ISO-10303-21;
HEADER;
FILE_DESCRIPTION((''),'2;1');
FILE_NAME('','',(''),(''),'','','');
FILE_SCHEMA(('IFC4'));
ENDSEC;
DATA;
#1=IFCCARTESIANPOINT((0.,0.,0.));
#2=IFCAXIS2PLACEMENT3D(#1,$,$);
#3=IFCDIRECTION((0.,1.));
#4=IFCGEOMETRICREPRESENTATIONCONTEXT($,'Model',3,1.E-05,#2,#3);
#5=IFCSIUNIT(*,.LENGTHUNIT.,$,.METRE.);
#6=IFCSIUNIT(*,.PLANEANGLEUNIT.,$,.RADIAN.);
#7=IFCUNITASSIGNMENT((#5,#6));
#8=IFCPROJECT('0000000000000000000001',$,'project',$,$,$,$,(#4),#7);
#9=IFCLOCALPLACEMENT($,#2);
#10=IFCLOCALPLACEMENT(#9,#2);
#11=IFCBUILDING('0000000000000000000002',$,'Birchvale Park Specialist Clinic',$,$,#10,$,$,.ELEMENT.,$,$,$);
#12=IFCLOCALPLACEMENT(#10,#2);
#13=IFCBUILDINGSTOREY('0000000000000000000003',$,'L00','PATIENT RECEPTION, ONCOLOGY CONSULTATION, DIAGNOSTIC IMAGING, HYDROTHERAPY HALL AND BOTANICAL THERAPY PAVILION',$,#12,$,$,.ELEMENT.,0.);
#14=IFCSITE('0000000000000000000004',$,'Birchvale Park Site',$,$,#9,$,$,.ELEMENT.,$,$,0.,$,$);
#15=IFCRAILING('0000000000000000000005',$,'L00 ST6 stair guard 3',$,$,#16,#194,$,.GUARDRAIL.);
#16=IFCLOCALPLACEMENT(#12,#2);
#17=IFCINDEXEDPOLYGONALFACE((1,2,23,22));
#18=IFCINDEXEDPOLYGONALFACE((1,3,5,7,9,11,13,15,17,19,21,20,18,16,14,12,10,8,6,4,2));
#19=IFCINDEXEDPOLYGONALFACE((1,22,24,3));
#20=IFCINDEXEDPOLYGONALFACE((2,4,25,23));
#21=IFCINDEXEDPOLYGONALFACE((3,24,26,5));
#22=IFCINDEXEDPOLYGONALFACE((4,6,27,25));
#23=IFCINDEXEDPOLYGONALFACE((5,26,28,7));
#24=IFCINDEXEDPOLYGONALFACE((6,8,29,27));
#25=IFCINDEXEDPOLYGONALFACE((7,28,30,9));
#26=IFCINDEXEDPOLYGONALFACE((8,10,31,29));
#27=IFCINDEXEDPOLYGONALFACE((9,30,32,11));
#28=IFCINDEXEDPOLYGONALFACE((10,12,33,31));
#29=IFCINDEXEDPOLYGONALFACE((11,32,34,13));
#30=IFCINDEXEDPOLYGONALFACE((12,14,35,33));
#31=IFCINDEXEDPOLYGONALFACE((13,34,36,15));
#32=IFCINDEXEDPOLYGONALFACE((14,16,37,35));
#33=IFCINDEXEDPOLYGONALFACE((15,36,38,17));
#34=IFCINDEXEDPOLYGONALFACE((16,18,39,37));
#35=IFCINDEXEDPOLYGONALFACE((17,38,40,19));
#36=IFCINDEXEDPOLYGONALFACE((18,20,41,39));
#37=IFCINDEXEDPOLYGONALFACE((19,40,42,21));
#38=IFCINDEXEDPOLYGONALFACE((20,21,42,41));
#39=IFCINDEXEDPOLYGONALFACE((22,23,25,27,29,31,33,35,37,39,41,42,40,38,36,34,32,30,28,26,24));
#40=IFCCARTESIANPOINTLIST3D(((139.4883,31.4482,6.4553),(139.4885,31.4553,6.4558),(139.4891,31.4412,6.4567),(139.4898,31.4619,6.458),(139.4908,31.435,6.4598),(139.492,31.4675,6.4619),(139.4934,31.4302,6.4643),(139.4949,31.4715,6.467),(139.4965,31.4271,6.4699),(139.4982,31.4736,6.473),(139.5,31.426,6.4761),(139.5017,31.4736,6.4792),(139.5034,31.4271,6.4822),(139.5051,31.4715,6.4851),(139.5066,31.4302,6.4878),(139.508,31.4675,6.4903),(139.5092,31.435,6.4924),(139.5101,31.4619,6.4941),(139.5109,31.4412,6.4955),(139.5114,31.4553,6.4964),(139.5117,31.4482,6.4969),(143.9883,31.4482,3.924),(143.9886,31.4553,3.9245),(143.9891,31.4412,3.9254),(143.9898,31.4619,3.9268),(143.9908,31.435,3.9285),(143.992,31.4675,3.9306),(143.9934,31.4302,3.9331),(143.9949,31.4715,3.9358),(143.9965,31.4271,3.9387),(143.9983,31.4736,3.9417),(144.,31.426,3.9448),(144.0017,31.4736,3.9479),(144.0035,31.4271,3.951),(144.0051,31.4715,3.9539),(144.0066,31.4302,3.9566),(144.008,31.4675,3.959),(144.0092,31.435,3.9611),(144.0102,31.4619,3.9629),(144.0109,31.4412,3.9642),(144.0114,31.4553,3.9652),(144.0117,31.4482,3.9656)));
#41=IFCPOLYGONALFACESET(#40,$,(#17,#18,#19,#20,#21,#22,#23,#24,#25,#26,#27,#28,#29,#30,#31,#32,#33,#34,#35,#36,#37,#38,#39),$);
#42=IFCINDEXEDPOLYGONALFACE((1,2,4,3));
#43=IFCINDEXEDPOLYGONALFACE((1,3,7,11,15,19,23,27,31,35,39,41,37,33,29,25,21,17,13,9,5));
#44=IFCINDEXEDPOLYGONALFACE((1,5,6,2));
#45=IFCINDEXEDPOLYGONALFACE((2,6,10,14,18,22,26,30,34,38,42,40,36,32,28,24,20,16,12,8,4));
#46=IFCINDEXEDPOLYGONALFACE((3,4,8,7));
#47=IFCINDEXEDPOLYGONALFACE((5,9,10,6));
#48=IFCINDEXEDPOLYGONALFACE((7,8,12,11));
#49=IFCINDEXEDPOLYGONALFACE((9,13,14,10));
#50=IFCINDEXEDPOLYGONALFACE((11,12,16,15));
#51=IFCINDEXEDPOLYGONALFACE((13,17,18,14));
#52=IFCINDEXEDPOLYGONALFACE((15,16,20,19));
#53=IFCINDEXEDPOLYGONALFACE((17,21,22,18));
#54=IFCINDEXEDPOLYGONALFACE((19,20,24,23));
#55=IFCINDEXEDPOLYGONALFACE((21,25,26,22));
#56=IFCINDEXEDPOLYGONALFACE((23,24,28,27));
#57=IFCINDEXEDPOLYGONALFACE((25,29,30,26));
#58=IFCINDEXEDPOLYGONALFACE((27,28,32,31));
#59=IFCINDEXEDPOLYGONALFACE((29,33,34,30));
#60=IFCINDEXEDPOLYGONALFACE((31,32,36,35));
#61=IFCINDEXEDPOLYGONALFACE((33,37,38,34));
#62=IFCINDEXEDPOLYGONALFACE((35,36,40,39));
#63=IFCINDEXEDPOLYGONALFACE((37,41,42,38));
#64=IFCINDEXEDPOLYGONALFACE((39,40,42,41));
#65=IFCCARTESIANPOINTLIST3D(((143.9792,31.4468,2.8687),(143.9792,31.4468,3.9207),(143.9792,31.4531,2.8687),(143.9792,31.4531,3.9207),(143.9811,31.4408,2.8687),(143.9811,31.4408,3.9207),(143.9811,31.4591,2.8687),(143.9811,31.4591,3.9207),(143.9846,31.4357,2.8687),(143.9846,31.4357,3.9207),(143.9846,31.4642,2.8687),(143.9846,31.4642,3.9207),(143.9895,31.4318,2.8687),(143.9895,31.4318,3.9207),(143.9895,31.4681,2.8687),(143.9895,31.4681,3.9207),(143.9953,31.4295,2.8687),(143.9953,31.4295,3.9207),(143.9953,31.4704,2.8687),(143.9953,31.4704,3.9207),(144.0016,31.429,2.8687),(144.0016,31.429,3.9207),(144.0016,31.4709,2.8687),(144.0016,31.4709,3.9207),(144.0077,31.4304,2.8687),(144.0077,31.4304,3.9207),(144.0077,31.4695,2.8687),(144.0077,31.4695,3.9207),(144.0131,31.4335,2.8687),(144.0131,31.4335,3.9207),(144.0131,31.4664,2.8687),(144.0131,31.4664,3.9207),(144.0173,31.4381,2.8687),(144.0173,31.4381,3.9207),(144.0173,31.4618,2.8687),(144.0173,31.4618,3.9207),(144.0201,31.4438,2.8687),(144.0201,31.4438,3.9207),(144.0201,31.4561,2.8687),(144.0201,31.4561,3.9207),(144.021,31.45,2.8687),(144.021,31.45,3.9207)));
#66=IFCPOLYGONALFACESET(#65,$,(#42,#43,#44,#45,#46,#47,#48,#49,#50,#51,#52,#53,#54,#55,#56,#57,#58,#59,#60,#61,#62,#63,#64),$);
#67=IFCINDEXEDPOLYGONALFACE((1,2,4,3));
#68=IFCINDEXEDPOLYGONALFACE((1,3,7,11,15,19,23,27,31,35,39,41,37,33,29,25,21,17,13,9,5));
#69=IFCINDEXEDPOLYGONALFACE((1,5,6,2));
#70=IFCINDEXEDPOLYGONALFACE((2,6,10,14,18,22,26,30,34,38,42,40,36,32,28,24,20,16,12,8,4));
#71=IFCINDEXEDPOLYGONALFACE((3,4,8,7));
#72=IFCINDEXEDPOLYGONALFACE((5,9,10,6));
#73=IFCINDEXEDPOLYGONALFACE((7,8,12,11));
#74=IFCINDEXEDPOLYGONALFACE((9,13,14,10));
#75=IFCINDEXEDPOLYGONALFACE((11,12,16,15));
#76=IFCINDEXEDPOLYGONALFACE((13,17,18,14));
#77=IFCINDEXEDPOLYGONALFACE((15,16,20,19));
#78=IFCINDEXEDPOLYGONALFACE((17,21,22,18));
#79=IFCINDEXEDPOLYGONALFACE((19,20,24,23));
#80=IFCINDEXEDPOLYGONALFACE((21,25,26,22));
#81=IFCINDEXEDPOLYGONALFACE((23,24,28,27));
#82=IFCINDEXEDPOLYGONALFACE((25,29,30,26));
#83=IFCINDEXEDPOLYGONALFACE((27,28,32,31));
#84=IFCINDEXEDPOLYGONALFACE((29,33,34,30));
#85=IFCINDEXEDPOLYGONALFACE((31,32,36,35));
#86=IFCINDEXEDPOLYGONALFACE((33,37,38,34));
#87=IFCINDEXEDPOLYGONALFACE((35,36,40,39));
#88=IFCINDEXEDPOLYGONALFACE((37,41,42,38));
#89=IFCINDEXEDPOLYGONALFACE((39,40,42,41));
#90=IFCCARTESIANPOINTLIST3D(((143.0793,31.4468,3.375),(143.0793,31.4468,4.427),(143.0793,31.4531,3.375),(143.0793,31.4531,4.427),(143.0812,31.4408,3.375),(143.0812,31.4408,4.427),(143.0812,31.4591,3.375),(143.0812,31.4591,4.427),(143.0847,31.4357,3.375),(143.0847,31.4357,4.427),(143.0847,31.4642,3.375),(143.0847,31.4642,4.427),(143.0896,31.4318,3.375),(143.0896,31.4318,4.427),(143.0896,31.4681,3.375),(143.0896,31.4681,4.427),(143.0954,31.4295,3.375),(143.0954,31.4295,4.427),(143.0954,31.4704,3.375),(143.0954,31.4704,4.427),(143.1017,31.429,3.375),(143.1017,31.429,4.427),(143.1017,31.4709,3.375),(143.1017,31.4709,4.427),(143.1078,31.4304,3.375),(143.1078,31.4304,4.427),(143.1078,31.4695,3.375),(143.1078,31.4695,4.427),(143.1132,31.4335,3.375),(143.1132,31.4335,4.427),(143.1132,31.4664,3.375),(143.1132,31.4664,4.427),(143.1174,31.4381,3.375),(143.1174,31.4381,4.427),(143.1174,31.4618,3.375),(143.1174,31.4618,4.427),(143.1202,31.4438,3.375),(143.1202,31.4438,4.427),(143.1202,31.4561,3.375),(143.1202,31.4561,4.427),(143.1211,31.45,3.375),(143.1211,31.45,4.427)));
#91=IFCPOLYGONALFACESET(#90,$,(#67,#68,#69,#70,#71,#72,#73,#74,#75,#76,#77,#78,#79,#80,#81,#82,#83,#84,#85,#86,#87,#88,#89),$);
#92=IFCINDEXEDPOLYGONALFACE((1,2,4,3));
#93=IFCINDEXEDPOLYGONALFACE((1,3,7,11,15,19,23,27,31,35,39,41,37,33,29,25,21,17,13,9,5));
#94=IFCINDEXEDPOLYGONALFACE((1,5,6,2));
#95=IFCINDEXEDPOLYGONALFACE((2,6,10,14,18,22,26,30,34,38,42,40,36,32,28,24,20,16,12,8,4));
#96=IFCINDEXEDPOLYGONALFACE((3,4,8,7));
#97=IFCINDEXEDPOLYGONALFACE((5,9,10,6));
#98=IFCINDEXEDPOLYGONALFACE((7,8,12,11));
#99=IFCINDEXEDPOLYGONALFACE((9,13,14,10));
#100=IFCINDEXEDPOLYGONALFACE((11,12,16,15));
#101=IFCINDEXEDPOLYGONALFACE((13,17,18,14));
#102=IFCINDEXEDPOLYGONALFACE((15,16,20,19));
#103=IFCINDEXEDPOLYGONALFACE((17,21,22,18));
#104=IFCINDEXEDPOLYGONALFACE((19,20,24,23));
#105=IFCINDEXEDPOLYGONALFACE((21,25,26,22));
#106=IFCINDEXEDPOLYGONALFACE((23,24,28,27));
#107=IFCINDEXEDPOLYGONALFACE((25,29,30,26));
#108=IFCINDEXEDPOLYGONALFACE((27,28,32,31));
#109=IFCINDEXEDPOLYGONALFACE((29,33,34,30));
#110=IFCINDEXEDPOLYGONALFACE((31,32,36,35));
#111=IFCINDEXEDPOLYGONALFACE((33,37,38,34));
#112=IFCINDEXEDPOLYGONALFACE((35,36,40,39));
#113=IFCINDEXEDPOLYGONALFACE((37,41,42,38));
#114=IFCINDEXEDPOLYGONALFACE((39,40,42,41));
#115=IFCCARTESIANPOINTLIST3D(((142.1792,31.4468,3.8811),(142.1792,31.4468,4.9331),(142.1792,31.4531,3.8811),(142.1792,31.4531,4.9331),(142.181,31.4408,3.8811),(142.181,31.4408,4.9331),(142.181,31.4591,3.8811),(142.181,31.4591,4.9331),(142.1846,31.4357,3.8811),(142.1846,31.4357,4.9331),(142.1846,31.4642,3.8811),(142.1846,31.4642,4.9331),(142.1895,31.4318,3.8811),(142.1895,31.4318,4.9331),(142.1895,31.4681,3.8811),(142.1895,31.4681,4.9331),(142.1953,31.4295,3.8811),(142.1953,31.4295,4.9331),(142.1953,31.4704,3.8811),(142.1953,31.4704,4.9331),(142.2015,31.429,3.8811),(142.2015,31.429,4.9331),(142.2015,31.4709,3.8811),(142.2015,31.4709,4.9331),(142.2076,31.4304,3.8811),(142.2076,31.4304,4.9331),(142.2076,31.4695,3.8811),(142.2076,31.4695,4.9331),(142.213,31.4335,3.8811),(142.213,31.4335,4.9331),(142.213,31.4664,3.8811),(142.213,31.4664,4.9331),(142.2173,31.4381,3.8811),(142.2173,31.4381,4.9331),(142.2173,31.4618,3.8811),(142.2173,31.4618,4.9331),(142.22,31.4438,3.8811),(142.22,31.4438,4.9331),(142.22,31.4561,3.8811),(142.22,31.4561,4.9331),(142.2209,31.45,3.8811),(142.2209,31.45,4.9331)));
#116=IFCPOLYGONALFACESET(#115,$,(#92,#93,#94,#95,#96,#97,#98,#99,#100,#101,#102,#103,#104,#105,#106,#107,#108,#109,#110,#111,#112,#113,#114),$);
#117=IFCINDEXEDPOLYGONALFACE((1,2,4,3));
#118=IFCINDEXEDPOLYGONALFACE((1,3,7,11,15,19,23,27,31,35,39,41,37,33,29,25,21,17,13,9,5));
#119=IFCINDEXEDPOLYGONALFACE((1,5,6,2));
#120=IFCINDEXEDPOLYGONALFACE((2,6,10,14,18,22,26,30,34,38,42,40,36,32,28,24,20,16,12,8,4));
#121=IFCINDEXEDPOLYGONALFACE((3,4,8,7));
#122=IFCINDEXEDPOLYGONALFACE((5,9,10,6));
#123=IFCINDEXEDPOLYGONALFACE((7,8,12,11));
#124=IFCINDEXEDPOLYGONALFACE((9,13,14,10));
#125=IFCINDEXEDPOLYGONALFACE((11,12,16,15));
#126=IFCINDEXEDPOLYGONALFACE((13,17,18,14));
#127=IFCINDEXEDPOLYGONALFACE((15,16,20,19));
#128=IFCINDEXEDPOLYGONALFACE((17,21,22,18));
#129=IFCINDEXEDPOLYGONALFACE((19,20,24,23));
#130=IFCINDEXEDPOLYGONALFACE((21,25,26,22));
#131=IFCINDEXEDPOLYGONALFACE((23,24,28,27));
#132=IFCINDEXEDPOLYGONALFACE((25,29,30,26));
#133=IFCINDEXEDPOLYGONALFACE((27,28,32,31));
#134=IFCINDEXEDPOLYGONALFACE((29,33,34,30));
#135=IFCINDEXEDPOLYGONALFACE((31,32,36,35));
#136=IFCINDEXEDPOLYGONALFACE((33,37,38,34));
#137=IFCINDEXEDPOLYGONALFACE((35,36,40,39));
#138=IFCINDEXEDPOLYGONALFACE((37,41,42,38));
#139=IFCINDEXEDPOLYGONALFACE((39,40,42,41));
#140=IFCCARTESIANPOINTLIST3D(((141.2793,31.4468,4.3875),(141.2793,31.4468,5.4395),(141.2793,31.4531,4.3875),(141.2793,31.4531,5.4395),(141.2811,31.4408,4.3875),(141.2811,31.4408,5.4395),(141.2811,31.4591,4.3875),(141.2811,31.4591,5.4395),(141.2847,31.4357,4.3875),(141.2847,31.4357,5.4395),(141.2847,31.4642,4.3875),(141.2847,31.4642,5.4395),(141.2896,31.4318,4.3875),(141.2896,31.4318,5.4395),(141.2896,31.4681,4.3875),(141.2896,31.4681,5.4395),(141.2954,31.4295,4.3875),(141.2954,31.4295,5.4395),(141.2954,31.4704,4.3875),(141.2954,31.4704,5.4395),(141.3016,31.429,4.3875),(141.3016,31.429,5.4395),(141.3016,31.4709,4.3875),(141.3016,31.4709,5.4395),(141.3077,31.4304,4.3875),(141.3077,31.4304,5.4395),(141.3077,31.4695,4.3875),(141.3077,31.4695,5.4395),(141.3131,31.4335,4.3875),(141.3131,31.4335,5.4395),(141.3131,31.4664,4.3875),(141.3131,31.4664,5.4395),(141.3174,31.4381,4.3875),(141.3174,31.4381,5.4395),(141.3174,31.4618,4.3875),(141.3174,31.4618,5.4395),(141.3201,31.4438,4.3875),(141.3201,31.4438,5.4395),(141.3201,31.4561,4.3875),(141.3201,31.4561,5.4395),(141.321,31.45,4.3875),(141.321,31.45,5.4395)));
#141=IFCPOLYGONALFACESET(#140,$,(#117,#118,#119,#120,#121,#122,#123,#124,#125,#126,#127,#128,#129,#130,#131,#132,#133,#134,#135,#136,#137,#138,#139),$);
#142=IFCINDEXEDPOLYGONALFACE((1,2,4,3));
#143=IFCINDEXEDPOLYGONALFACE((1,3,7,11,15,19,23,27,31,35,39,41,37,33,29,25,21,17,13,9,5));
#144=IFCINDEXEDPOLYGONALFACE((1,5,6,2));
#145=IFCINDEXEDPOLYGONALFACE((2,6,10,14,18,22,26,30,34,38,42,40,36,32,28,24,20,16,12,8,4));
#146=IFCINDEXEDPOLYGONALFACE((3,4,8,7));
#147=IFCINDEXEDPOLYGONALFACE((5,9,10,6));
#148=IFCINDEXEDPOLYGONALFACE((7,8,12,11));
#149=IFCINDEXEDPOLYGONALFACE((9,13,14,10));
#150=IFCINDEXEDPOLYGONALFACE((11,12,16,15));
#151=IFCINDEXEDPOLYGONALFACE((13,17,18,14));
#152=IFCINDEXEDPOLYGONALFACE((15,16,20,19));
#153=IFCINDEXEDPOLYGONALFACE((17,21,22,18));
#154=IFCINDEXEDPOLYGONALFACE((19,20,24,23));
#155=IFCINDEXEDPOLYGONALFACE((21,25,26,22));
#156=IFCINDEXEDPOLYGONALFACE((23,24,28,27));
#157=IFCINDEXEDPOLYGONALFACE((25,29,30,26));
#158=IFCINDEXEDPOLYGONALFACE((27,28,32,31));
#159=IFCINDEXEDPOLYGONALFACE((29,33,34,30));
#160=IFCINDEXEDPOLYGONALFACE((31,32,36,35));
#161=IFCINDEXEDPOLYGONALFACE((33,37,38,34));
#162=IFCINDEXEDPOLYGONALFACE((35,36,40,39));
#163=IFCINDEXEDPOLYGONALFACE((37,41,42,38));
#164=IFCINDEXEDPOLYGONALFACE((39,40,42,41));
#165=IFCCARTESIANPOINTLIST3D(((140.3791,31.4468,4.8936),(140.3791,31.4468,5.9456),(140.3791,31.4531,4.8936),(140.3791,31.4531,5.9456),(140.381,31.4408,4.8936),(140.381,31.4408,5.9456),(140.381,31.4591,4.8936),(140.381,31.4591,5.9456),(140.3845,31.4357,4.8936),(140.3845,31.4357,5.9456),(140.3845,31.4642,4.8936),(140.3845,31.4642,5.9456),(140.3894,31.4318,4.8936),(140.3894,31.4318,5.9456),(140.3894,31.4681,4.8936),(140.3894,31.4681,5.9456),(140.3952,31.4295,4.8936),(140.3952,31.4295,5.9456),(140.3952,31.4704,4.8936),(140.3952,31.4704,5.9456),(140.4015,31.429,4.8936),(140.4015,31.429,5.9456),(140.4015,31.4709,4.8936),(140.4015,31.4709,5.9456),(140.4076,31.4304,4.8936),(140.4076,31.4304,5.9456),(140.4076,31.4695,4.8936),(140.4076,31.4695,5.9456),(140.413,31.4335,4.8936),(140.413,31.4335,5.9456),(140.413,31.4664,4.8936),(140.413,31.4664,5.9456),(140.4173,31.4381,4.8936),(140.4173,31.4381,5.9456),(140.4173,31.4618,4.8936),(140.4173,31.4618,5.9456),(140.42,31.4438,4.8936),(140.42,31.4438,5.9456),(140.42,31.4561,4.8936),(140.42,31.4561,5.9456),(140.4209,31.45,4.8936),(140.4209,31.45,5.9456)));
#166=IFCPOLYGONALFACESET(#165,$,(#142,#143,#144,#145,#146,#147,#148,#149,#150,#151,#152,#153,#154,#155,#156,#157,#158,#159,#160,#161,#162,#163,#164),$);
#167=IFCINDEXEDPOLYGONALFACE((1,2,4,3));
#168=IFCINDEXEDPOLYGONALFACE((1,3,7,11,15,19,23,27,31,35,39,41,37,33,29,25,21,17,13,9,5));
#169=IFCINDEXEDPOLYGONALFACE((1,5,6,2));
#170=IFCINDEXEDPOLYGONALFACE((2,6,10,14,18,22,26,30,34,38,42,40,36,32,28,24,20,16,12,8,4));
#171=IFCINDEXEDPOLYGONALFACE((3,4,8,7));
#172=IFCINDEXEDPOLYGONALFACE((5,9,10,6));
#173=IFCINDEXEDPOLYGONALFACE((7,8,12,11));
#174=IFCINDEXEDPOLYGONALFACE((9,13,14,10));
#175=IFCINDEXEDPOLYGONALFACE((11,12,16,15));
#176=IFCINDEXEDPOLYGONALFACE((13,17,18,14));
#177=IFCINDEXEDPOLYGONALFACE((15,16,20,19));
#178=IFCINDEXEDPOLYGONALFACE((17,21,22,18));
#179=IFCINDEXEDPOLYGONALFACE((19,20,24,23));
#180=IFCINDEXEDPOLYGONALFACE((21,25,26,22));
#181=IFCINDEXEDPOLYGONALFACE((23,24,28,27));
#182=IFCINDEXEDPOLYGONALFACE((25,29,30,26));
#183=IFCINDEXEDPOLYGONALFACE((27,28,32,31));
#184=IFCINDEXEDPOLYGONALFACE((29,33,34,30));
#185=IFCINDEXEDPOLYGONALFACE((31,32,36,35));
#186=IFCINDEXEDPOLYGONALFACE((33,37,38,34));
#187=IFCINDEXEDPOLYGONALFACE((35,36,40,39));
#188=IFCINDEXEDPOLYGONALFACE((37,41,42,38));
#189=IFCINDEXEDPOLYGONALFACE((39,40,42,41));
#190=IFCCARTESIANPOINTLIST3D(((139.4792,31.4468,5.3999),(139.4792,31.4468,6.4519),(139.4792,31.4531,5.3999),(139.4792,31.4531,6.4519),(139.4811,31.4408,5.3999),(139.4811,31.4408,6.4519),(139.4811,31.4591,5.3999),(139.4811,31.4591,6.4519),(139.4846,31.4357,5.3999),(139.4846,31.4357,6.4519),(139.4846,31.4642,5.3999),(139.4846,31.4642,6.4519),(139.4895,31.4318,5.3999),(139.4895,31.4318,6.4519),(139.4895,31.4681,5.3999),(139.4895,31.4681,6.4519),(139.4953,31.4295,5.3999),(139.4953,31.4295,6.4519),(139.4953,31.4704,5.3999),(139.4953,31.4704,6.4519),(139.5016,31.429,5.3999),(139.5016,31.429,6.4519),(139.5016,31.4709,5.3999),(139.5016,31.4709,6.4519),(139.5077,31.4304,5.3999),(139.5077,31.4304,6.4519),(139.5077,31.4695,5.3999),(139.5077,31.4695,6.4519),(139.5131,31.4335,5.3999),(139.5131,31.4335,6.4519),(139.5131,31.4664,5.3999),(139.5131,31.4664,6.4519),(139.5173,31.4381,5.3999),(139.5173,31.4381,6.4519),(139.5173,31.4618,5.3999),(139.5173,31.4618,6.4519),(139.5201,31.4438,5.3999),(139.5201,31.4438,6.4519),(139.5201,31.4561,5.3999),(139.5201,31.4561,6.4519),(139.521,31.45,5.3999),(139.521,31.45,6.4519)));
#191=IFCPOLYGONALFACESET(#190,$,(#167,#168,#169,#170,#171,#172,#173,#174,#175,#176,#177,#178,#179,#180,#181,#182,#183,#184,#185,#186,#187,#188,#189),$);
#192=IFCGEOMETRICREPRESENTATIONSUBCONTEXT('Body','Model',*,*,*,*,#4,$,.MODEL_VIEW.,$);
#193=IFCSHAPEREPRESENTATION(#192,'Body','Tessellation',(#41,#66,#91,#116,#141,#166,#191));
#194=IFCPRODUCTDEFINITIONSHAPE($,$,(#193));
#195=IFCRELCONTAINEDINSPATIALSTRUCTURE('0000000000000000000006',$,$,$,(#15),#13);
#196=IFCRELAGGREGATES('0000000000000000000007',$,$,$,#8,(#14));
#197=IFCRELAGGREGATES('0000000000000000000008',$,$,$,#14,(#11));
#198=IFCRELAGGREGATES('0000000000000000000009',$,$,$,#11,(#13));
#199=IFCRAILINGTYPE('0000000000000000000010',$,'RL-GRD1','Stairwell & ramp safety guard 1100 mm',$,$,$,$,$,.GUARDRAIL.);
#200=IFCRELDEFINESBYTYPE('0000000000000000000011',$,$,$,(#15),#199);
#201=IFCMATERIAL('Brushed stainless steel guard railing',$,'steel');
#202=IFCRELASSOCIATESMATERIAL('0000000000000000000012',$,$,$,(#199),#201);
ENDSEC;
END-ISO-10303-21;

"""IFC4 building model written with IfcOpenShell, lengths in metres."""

from ifc_helpers import new_model, si_unit, direction, frame, origin, origin_2d, place, context, subcontext, project, spatial, circle, extrude, material, type_object, element, save


model = new_model("IFC4")

# Units and contexts
model_context = context("Model", 3, precision=1e-05, world=origin(), true_north=direction((0.0, 1.0)))
body_context = subcontext(model_context, "Body", "Model", "MODEL_VIEW")
ifc_project = project(units=[si_unit("LENGTHUNIT", "METRE"), si_unit("PLANEANGLEUNIT", "RADIAN")], contexts=[model_context])

# Site, building, storey
site_placement = place(None, origin())
site = spatial("IfcSite", under=ifc_project, at=site_placement, Name="Birchvale Park Site", CompositionType="ELEMENT", RefElevation=0.0)
building_placement = place(site_placement, origin())
building = spatial("IfcBuilding", under=site, at=building_placement, Name="Birchvale Park Specialist Clinic", CompositionType="ELEMENT")
storey_placement = place(building_placement, origin())
storey = spatial("IfcBuildingStorey", under=building, at=storey_placement, Name="L00", Description="PATIENT RECEPTION, ONCOLOGY CONSULTATION, DIAGNOSTIC IMAGING, HYDROTHERAPY HALL AND BOTANICAL THERAPY PAVILION", CompositionType="ELEMENT", Elevation=0.0)

# Railing
ifc_material_1 = material(Name="Brushed stainless steel guard railing", Category="steel")
railing_type_1 = type_object("IfcRailingType", Name="RL-GRD1", Description="Stairwell & ramp safety guard 1100 mm", PredefinedType="GUARDRAIL", material=ifc_material_1)
railing_1_placement = place(storey_placement, frame((144.0, 31.45, 2.8687)))
element("IfcRailing", 1, at=railing_1_placement, inside=storey, type_object=railing_type_1, Name="L00 ST6 stair guard 3", PredefinedType="GUARDRAIL", context=body_context, shape_type="SweptSolid", body=[
    extrude(circle(Radius=0.0239, at=origin_2d()), frame((0.0, 0.0, 1.0762), z_axis=(-0.871576, 0.0, 0.490261), x_axis=(0.0, -1.0, 0.0)), (0.0, 0.0, 1.0), 5.1631),
    extrude(circle(Radius=0.021, at=origin_2d()), origin(), (0.0, 0.0, 1.0), 1.052),
    extrude(circle(Radius=0.021, at=origin_2d()), frame((-0.8999, 0.0, 0.5063)), (0.0, 0.0, 1.0), 1.052),
    extrude(circle(Radius=0.021, at=origin_2d()), frame((-1.8, 0.0, 1.0125)), (0.0, 0.0, 1.0), 1.052),
    extrude(circle(Radius=0.021, at=origin_2d()), frame((-2.7, 0.0, 1.5188)), (0.0, 0.0, 1.0), 1.052),
    extrude(circle(Radius=0.021, at=origin_2d()), frame((-3.6001, 0.0, 2.0249)), (0.0, 0.0, 1.0), 1.052),
    extrude(circle(Radius=0.021, at=origin_2d()), frame((-4.5, 0.0, 2.5312)), (0.0, 0.0, 1.0), 1.052),
])

save(model, "model.ifc")
